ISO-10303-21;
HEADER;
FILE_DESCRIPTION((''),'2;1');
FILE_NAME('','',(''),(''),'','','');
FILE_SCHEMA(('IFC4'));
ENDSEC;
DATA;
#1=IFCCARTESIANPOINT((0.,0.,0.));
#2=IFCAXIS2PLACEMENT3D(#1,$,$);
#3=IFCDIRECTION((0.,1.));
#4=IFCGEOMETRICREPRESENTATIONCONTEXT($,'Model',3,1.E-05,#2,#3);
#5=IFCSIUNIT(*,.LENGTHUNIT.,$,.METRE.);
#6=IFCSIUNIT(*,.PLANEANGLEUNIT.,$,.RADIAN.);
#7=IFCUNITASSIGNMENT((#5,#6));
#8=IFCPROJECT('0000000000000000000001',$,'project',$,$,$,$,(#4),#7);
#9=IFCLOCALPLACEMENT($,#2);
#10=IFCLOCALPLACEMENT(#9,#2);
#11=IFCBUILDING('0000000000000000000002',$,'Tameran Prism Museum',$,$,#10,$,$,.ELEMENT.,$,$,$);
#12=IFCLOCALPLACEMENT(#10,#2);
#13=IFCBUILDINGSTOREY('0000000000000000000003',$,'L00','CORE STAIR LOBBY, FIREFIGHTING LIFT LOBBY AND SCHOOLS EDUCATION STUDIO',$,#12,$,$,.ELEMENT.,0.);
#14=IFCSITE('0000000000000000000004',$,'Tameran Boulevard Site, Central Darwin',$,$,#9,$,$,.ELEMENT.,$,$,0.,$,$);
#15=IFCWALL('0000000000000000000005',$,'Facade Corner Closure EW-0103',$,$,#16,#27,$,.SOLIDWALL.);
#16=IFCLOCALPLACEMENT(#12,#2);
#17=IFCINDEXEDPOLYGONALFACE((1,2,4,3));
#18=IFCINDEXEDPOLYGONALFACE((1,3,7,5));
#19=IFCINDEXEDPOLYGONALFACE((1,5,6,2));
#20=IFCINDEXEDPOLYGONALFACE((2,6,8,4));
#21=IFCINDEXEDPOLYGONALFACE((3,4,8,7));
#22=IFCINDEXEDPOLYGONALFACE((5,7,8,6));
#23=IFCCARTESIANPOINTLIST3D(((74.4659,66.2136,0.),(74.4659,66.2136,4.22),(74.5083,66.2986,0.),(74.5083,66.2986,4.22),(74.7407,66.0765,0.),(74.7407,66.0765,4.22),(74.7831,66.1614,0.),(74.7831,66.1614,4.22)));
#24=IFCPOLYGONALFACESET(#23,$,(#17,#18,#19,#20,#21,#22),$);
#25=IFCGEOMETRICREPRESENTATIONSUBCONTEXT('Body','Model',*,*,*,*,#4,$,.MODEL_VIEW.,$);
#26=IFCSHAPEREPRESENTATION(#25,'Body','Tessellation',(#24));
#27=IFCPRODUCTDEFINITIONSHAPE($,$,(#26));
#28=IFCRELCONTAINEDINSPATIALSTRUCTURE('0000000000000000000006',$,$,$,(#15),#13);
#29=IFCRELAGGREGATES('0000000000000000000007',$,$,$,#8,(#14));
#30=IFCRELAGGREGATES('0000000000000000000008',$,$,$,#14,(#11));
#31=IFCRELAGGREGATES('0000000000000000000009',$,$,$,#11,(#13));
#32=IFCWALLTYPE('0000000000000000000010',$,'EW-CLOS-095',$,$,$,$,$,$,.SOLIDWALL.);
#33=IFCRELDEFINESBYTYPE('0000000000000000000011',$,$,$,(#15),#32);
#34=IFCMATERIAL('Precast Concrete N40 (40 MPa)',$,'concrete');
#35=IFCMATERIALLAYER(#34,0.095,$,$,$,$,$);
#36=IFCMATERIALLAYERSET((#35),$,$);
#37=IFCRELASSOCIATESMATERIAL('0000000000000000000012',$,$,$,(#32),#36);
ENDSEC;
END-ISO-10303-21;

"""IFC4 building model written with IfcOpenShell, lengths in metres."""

from ifc_helpers import new_model, si_unit, direction, frame, frame_2d, origin, place, context, subcontext, project, spatial, rectangle, extrude, material, layer, layer_set, type_object, element, save


model = new_model("IFC4")

# Units and contexts
model_context = context("Model", 3, precision=1e-05, world=origin(), true_north=direction((0.0, 1.0)))
body_context = subcontext(model_context, "Body", "Model", "MODEL_VIEW")
ifc_project = project(units=[si_unit("LENGTHUNIT", "METRE"), si_unit("PLANEANGLEUNIT", "RADIAN")], contexts=[model_context])

# Site, building, storey
site_placement = place(None, origin())
site = spatial("IfcSite", under=ifc_project, at=site_placement, Name="Tameran Boulevard Site, Central Darwin", CompositionType="ELEMENT", RefElevation=0.0)
building_placement = place(site_placement, origin())
building = spatial("IfcBuilding", under=site, at=building_placement, Name="Tameran Prism Museum", CompositionType="ELEMENT")
storey_placement = place(building_placement, origin())
storey = spatial("IfcBuildingStorey", under=building, at=storey_placement, Name="L00", Description="CORE STAIR LOBBY, FIREFIGHTING LIFT LOBBY AND SCHOOLS EDUCATION STUDIO", CompositionType="ELEMENT", Elevation=0.0)

# Wall
ifc_material_1 = material(Name="Precast Concrete N40 (40 MPa)", Category="concrete")
ifc_layer_1 = layer(ifc_material_1, 0.095)
ifc_layer_set_1 = layer_set([ifc_layer_1])
wall_type = type_object("IfcWallType", Name="EW-CLOS-095", PredefinedType="SOLIDWALL", material=ifc_layer_set_1)
wall_1_placement = place(storey_placement, frame((74.4871, 66.2561, 0.0), z_axis=(0.0, 0.0, 1.0), x_axis=(0.894745, -0.446578, 0.0)))
element("IfcWall", 1, at=wall_1_placement, inside=storey, type_object=wall_type, Name="Facade Corner Closure EW-0103", PredefinedType="SOLIDWALL", context=body_context, shape_type="SweptSolid", body=[
    extrude(rectangle(XDim=0.3071, YDim=0.095, at=frame_2d((0.1536, 0.0))), origin(), (0.0, 0.0, 1.0), 4.22),
])

save(model, "model.ifc")
